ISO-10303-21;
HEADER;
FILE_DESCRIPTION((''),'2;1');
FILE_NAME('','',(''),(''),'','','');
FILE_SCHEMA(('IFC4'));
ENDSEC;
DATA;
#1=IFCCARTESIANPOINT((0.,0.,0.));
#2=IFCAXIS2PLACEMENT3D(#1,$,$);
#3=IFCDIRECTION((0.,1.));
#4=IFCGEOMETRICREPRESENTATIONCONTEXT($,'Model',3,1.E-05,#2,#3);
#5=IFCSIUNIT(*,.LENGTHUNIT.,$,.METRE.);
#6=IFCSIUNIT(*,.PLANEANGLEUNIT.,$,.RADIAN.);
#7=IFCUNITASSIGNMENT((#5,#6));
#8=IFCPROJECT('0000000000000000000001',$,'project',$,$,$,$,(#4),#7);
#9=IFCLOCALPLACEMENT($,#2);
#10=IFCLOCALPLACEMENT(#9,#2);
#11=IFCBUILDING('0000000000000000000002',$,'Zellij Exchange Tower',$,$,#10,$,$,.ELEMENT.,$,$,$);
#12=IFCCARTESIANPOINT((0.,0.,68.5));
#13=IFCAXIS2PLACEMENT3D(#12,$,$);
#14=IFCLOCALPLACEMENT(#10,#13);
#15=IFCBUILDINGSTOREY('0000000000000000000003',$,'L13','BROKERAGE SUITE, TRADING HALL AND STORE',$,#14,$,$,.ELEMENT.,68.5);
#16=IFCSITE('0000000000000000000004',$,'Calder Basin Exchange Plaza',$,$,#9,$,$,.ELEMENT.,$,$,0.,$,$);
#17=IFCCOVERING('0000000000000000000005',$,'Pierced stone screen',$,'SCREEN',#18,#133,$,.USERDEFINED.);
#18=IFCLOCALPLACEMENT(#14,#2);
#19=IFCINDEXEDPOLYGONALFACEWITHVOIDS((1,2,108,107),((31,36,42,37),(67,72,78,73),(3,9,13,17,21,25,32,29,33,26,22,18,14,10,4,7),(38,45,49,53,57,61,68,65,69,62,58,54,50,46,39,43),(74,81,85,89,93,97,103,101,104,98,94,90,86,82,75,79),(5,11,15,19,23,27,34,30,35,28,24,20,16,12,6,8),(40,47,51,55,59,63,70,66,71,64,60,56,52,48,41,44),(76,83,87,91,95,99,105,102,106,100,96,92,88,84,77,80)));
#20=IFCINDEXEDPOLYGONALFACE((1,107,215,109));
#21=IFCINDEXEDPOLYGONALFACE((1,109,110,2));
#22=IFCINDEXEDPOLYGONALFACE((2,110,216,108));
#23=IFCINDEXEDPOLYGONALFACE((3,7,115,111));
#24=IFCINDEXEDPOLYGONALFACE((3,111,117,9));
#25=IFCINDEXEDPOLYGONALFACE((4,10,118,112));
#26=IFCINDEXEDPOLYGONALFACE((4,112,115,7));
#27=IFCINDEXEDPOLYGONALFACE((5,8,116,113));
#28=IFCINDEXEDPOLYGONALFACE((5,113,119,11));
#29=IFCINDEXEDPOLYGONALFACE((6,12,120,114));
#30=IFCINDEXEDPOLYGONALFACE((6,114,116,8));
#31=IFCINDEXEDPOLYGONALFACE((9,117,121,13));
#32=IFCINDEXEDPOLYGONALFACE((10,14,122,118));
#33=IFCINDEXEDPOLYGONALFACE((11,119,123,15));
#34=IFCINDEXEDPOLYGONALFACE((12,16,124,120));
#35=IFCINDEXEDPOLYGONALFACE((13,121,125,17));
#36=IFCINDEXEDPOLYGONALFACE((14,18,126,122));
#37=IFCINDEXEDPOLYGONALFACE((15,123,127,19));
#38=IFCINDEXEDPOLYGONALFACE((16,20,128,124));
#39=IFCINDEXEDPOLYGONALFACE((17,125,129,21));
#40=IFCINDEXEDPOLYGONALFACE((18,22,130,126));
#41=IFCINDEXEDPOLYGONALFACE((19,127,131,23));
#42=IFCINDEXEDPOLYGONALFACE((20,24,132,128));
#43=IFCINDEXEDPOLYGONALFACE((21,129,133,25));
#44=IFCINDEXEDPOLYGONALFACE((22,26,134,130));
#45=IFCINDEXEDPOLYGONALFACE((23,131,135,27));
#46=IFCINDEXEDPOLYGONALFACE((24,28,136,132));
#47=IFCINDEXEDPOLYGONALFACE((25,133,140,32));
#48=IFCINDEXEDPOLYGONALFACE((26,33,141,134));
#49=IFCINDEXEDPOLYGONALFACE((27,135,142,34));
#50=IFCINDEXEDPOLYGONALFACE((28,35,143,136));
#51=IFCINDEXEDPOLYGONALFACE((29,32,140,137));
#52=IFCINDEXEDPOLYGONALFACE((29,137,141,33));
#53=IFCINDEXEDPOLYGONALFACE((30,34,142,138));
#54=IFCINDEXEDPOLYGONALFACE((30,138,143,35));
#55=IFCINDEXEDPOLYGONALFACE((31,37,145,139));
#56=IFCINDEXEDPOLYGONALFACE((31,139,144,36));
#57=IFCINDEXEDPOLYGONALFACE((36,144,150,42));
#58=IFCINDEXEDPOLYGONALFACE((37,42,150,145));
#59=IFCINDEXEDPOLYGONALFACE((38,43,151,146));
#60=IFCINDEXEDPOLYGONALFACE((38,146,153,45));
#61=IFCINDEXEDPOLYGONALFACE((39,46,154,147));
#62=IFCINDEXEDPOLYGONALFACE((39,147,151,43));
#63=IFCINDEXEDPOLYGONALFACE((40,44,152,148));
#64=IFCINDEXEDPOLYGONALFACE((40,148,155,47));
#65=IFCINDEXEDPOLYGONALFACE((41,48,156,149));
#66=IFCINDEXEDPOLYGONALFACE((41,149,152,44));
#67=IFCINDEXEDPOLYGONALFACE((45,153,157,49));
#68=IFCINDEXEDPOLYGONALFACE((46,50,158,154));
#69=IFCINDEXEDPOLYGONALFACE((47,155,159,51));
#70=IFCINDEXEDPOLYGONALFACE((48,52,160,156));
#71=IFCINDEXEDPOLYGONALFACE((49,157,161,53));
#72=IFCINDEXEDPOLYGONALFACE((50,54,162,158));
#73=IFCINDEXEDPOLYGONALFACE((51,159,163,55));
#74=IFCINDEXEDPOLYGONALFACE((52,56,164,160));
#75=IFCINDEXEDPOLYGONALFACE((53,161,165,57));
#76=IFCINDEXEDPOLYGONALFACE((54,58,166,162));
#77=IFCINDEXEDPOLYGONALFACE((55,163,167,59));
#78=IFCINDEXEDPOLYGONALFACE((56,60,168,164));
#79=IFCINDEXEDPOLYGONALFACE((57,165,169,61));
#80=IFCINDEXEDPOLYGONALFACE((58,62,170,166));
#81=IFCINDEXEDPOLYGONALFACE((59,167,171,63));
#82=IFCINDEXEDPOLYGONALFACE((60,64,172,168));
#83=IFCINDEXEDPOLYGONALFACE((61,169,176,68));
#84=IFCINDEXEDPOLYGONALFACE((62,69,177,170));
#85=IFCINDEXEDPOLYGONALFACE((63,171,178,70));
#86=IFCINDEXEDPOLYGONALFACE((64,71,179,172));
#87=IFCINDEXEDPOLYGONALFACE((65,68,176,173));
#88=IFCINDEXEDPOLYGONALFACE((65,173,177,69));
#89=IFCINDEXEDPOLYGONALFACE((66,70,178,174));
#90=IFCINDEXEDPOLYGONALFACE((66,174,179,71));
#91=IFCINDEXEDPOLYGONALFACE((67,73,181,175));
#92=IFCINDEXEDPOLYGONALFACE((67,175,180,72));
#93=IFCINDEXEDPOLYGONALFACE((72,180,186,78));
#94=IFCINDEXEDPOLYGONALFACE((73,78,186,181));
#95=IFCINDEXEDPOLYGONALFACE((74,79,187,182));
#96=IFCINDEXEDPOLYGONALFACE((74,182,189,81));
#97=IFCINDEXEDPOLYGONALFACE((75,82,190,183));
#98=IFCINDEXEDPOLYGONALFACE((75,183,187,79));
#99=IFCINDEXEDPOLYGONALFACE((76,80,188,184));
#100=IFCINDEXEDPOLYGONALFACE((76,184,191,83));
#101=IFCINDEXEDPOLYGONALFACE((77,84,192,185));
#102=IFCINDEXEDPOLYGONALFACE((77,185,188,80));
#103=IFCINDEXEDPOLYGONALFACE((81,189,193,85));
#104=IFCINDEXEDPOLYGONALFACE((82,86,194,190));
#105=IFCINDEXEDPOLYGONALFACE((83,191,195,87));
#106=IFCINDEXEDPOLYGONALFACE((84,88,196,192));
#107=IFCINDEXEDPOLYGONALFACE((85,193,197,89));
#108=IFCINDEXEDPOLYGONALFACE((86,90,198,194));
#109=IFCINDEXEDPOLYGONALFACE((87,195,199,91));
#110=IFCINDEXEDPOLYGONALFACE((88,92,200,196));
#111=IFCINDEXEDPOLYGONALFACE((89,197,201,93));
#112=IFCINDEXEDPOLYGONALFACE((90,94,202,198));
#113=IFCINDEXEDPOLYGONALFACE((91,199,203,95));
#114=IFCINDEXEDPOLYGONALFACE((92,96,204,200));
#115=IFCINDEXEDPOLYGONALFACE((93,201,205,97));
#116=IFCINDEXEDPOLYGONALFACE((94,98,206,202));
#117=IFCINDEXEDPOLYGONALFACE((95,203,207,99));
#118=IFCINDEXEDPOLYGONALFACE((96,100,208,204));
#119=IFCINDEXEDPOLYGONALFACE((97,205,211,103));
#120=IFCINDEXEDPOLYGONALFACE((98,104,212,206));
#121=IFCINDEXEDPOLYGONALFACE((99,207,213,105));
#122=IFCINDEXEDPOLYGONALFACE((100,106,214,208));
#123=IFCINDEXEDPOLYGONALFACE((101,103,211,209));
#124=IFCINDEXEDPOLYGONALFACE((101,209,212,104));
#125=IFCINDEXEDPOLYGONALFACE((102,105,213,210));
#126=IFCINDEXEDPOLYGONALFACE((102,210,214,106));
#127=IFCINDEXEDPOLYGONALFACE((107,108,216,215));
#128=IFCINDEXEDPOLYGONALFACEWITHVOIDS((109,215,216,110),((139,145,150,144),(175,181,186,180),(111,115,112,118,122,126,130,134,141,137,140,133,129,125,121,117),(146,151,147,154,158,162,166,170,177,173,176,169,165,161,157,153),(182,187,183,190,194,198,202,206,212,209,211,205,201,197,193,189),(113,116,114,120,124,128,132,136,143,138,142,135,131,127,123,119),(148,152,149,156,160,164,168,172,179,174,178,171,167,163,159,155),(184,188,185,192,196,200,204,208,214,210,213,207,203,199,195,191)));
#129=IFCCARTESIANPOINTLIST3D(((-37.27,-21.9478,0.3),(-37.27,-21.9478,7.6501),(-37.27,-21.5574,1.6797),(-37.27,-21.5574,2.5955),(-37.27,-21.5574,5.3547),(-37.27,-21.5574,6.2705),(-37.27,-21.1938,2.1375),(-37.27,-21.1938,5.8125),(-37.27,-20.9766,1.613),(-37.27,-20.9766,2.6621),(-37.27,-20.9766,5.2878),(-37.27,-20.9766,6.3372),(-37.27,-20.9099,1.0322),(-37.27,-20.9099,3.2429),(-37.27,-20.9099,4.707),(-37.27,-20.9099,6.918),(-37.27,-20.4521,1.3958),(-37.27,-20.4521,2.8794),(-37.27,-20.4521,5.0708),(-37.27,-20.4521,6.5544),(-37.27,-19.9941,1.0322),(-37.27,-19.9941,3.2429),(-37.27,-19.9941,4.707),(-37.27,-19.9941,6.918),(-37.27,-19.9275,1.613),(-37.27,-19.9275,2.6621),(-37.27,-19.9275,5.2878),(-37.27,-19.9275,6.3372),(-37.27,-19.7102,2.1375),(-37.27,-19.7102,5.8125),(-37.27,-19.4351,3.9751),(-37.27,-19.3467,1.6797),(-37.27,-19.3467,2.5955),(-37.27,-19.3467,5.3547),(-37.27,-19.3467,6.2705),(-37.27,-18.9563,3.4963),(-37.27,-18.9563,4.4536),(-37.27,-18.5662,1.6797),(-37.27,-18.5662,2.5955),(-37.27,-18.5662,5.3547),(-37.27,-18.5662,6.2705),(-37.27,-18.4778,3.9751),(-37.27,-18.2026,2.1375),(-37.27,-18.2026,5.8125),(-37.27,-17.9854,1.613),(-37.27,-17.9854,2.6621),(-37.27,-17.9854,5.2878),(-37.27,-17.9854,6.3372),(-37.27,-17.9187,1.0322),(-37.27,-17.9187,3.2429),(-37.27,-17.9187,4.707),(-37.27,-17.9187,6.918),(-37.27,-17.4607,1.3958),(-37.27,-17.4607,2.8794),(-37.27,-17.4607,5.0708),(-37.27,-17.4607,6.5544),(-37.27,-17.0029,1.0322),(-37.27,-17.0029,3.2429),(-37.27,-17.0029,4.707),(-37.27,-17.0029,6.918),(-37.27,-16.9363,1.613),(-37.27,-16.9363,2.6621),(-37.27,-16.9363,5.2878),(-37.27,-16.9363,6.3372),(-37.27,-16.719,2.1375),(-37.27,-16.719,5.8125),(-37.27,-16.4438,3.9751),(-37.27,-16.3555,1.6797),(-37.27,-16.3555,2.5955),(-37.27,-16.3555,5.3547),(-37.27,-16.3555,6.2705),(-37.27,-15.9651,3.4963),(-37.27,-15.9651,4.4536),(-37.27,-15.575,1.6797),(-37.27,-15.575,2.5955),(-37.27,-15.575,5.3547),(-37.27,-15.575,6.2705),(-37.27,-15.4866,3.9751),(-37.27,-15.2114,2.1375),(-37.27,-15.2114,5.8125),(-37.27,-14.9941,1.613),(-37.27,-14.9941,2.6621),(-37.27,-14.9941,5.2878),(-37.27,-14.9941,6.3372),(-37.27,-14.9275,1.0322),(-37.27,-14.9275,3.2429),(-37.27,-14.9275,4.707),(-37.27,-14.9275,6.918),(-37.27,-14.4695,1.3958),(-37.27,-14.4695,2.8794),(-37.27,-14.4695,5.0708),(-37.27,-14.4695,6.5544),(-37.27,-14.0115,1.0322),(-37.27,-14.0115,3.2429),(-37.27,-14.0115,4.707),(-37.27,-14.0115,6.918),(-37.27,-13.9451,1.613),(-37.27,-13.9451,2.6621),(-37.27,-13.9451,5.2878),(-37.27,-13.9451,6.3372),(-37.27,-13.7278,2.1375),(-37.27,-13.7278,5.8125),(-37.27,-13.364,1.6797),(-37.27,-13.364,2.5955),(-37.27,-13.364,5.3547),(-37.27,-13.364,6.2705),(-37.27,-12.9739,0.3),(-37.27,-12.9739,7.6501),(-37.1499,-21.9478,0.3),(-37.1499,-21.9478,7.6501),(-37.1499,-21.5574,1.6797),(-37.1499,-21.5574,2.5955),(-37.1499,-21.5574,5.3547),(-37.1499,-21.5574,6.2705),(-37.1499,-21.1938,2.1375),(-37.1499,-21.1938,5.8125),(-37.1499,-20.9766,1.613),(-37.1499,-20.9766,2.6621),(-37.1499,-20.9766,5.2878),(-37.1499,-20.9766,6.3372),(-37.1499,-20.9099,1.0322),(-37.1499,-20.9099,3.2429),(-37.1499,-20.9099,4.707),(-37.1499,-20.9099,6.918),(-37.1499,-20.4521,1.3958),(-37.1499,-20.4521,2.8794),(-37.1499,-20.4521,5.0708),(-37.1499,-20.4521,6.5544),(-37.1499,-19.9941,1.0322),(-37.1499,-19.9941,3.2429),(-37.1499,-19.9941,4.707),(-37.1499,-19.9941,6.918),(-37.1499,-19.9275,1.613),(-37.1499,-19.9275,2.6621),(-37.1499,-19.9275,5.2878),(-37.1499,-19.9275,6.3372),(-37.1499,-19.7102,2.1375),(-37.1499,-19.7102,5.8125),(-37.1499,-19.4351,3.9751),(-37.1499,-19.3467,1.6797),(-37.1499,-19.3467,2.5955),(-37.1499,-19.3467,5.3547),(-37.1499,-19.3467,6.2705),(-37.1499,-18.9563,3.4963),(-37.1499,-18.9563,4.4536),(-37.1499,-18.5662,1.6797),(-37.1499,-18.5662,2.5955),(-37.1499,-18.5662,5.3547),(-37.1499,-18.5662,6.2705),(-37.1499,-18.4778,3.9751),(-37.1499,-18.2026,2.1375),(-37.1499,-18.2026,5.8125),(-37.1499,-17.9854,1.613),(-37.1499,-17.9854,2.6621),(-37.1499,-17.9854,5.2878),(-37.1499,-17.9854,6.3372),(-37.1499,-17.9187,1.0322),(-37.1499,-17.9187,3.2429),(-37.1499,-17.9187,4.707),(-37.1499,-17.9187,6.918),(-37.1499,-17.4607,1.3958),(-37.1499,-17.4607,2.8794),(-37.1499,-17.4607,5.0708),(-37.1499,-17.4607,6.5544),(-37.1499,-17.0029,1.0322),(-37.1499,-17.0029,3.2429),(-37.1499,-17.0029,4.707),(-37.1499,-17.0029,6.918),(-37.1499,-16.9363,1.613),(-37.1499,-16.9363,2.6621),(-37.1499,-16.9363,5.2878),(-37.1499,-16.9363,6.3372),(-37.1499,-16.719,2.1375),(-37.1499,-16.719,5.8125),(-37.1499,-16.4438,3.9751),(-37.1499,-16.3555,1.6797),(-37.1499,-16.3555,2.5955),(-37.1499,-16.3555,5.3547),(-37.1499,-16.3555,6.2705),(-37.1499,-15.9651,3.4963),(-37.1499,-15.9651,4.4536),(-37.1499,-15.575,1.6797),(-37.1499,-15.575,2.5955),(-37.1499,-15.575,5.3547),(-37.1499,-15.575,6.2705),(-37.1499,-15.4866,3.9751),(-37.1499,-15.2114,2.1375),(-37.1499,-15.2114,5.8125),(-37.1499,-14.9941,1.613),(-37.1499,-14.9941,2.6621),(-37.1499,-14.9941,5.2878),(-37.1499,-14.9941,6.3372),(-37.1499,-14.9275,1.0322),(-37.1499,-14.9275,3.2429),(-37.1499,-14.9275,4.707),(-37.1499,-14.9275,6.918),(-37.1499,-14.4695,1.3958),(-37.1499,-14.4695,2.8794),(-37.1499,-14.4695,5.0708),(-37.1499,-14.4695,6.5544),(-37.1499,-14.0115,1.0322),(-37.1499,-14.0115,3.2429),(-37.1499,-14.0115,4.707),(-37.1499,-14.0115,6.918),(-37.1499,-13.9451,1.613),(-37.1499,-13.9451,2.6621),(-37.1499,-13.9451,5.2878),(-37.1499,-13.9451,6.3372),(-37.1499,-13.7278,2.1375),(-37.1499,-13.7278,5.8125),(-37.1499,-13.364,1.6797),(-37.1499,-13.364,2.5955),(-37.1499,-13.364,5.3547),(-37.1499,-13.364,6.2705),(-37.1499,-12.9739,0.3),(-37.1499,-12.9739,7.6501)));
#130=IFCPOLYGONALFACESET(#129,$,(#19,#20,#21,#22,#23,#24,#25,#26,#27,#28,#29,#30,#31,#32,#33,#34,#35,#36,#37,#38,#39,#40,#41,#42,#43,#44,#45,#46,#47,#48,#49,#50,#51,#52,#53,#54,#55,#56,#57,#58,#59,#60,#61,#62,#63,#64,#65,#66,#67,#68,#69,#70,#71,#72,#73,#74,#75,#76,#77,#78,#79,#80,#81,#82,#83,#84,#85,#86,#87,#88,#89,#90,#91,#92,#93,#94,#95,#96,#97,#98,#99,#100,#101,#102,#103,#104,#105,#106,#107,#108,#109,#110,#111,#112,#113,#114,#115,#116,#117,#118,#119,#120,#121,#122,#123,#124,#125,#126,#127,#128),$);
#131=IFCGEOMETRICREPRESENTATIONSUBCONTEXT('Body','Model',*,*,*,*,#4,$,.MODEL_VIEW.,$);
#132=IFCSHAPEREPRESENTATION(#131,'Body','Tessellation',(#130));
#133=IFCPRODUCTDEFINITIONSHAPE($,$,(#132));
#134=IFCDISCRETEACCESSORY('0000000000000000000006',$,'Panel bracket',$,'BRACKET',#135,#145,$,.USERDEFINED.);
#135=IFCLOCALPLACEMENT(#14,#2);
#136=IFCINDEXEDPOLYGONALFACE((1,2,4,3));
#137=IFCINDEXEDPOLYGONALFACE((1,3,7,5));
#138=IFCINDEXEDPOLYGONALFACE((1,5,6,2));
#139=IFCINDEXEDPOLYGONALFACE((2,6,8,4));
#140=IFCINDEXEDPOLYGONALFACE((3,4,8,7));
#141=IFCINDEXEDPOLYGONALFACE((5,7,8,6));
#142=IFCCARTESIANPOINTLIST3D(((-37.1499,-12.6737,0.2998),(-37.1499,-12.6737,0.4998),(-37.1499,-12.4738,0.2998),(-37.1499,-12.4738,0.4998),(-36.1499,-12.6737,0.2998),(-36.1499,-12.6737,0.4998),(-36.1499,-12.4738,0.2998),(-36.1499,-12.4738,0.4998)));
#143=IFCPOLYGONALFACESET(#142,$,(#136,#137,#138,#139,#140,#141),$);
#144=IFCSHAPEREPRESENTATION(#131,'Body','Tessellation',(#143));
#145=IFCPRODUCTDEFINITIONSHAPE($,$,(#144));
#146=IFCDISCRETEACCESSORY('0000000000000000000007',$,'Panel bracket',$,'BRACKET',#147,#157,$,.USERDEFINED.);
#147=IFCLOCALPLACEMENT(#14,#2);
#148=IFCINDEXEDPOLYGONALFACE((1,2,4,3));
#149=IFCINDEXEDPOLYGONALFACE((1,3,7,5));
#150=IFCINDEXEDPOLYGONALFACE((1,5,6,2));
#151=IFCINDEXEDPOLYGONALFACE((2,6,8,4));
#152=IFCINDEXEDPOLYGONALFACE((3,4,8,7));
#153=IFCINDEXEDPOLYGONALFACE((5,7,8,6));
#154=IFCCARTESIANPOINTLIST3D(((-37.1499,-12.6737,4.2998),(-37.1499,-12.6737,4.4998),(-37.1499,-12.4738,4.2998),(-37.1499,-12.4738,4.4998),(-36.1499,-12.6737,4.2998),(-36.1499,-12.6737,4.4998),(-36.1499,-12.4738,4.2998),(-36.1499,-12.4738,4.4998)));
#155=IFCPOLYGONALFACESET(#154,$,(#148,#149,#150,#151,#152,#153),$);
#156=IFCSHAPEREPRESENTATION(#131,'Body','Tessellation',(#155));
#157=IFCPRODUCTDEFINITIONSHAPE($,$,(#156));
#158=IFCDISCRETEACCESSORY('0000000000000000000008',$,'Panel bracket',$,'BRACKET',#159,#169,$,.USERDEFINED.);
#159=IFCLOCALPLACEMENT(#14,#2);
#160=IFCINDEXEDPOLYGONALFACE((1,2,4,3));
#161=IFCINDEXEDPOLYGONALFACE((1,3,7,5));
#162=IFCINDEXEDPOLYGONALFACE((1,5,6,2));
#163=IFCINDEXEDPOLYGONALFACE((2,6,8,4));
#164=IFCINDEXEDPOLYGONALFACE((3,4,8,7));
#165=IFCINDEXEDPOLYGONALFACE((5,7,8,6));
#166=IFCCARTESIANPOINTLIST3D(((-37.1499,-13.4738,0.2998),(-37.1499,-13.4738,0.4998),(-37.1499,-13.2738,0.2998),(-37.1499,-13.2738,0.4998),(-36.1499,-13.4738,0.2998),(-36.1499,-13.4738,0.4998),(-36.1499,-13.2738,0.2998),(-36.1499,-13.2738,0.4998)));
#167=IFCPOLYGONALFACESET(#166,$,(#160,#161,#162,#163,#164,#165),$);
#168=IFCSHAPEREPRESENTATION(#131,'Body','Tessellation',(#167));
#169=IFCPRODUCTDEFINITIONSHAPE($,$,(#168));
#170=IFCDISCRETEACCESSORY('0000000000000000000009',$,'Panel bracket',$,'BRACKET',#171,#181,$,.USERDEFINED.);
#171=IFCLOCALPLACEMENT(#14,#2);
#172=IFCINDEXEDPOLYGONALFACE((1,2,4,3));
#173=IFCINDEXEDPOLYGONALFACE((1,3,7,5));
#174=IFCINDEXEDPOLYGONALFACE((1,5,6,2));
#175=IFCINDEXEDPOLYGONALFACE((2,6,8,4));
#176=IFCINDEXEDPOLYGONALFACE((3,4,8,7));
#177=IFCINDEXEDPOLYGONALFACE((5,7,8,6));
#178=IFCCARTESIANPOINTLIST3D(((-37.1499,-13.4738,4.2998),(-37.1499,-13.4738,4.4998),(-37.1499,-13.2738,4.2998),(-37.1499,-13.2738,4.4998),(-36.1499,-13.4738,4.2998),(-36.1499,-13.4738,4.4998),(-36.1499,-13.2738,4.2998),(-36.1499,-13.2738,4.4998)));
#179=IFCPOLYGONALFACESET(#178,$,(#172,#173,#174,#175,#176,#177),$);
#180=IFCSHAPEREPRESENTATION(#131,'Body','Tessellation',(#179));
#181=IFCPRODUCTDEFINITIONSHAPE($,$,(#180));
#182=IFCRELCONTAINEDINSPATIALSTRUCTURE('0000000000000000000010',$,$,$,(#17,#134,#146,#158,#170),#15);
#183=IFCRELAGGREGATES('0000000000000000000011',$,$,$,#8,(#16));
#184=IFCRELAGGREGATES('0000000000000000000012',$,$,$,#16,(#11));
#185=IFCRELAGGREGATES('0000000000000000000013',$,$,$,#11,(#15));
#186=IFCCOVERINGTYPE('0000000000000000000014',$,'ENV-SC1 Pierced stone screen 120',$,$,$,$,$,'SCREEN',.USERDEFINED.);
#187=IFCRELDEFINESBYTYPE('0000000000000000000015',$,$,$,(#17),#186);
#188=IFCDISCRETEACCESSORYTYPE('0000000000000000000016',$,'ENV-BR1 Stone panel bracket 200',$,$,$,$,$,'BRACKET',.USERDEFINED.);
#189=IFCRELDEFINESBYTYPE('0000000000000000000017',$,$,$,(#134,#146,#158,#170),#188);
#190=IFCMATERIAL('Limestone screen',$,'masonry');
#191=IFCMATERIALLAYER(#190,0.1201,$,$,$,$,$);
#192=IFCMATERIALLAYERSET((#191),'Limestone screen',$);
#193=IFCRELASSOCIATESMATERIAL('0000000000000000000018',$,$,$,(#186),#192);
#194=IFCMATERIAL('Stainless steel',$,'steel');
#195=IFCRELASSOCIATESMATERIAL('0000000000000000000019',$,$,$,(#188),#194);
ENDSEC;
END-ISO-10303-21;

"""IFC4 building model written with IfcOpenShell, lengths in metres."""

from ifc_helpers import new_model, si_unit, direction, frame, origin, origin_2d, place, context, subcontext, project, spatial, polyline, rectangle, outline, extrude, material, layer, layer_set, type_object, element, save


model = new_model("IFC4")

# Units and contexts
model_context = context("Model", 3, precision=1e-05, world=origin(), true_north=direction((0.0, 1.0)))
body_context = subcontext(model_context, "Body", "Model", "MODEL_VIEW")
ifc_project = project(units=[si_unit("LENGTHUNIT", "METRE"), si_unit("PLANEANGLEUNIT", "RADIAN")], contexts=[model_context])

# Site, building, storey
site_placement = place(None, origin())
site = spatial("IfcSite", under=ifc_project, at=site_placement, Name="Calder Basin Exchange Plaza", CompositionType="ELEMENT", RefElevation=0.0)
building_placement = place(site_placement, origin())
building = spatial("IfcBuilding", under=site, at=building_placement, Name="Zellij Exchange Tower", CompositionType="ELEMENT")
storey_placement = place(building_placement, frame((0.0, 0.0, 68.5)))
storey = spatial("IfcBuildingStorey", under=building, at=storey_placement, Name="L13", Description="BROKERAGE SUITE, TRADING HALL AND STORE", CompositionType="ELEMENT", Elevation=68.5)

# Covering
ifc_material_1 = material(Name="Limestone screen", Category="masonry")
ifc_layer_1 = layer(ifc_material_1, 0.1201)
ifc_layer_set_1 = layer_set([ifc_layer_1], Name="Limestone screen")
covering_type = type_object("IfcCoveringType", Name="ENV-SC1 Pierced stone screen 120", ElementType="SCREEN", PredefinedType="USERDEFINED", material=ifc_layer_set_1)
covering_placement = place(storey_placement, frame((-37.21, -12.9739, 0.3), z_axis=(0.0, 0.0, 1.0), x_axis=(0.0, -1.0, 0.0)))
element("IfcCovering", 1, at=covering_placement, inside=storey, type_object=covering_type, Name="Pierced stone screen", ObjectType="SCREEN", PredefinedType="USERDEFINED", context=body_context, shape_type="SweptSolid", body=[
    extrude(outline(polyline([(0.0, 0.0), (8.9739, 0.0), (8.9739, 7.3501), (0.0, 7.3501), (0.0, 0.0)]), holes=[polyline([(2.6011, 2.2954), (2.0203, 2.3621), (1.9536, 2.9429), (1.4956, 2.5793), (1.0376, 2.9429), (0.9712, 2.3621), (0.3901, 2.2954), (0.7539, 1.8374), (0.3901, 1.3796), (0.9712, 1.313), (1.0376, 0.7322), (1.4956, 1.0957), (1.9536, 0.7322), (2.0203, 1.313), (2.6011, 1.3796), (2.2375, 1.8374), (2.6011, 2.2954)]), polyline([(2.6011, 5.9705), (2.0203, 6.0371), (1.9536, 6.6179), (1.4956, 6.2544), (1.0376, 6.6179), (0.9712, 6.0371), (0.3901, 5.9705), (0.7539, 5.5125), (0.3901, 5.0547), (0.9712, 4.9878), (1.0376, 4.407), (1.4956, 4.7708), (1.9536, 4.407), (2.0203, 4.9878), (2.6011, 5.0547), (2.2375, 5.5125), (2.6011, 5.9705)]), polyline([(5.5923, 2.2954), (5.0115, 2.3621), (4.9448, 2.9429), (4.4868, 2.5793), (4.0291, 2.9429), (3.9624, 2.3621), (3.3816, 2.2954), (3.7451, 1.8374), (3.3816, 1.3796), (3.9624, 1.313), (4.0291, 0.7322), (4.4868, 1.0957), (4.9448, 0.7322), (5.0115, 1.313), (5.5923, 1.3796), (5.2288, 1.8374), (5.5923, 2.2954)]), polyline([(5.5923, 5.9705), (5.0115, 6.0371), (4.9448, 6.6179), (4.4868, 6.2544), (4.0291, 6.6179), (3.9624, 6.0371), (3.3816, 5.9705), (3.7451, 5.5125), (3.3816, 5.0547), (3.9624, 4.9878), (4.0291, 4.407), (4.4868, 4.7708), (4.9448, 4.407), (5.0115, 4.9878), (5.5923, 5.0547), (5.2288, 5.5125), (5.5923, 5.9705)]), polyline([(8.5835, 2.2954), (8.0027, 2.3621), (7.936, 2.9429), (7.4783, 2.5793), (7.0203, 2.9429), (6.9536, 2.3621), (6.3728, 2.2954), (6.7363, 1.8374), (6.3728, 1.3796), (6.9536, 1.313), (7.0203, 0.7322), (7.4783, 1.0957), (7.936, 0.7322), (8.0027, 1.313), (8.5835, 1.3796), (8.22, 1.8374), (8.5835, 2.2954)]), polyline([(8.5835, 5.9705), (8.0027, 6.0371), (7.936, 6.6179), (7.4783, 6.2544), (7.0203, 6.6179), (6.9536, 6.0371), (6.3728, 5.9705), (6.7363, 5.5125), (6.3728, 5.0547), (6.9536, 4.9878), (7.0203, 4.407), (7.4783, 4.7708), (7.936, 4.407), (8.0027, 4.9878), (8.5835, 5.0547), (8.22, 5.5125), (8.5835, 5.9705)]), polyline([(3.47, 3.675), (2.9912, 4.1536), (2.5127, 3.675), (2.9912, 3.1963), (3.47, 3.675)]), polyline([(6.4612, 3.675), (5.9824, 4.1536), (5.5039, 3.675), (5.9824, 3.1963), (6.4612, 3.675)])]), frame((0.0, 0.0601, 0.0), z_axis=(0.0, -1.0, 0.0), x_axis=(1.0, 0.0, 0.0)), (0.0, 0.0, 1.0), 0.1201),
])

# Discrete accessories
ifc_material_2 = material(Name="Stainless steel", Category="steel")
discrete_accessory_type = type_object("IfcDiscreteAccessoryType", Name="ENV-BR1 Stone panel bracket 200", ElementType="BRACKET", PredefinedType="USERDEFINED", material=ifc_material_2)
for number, where, z_axis, x_axis, name in (
    (2, (-36.6499, -12.5737, 0.2998), (0.0, 0.0, 1.0), (0.0, -1.0, 0.0), "Panel bracket"),
    (3, (-36.6499, -12.5737, 4.2998), (0.0, 0.0, 1.0), (0.0, -1.0, 0.0), "Panel bracket"),
    (4, (-36.6499, -13.3738, 0.2998), (0.0, 0.0, 1.0), (0.0, -1.0, 0.0), "Panel bracket"),
    (5, (-36.6499, -13.3738, 4.2998), (0.0, 0.0, 1.0), (0.0, -1.0, 0.0), "Panel bracket"),
):
    element("IfcDiscreteAccessory", number, at=place(storey_placement, frame(where, z_axis=z_axis, x_axis=x_axis)), inside=storey, type_object=discrete_accessory_type, Name=name, ObjectType="BRACKET", PredefinedType="USERDEFINED", context=body_context, shape_type="SweptSolid", body=[
        extrude(rectangle(XDim=0.2, YDim=1.0, at=origin_2d()), origin(), (0.0, 0.0, 1.0), 0.2),
    ])

save(model, "model.ifc")
